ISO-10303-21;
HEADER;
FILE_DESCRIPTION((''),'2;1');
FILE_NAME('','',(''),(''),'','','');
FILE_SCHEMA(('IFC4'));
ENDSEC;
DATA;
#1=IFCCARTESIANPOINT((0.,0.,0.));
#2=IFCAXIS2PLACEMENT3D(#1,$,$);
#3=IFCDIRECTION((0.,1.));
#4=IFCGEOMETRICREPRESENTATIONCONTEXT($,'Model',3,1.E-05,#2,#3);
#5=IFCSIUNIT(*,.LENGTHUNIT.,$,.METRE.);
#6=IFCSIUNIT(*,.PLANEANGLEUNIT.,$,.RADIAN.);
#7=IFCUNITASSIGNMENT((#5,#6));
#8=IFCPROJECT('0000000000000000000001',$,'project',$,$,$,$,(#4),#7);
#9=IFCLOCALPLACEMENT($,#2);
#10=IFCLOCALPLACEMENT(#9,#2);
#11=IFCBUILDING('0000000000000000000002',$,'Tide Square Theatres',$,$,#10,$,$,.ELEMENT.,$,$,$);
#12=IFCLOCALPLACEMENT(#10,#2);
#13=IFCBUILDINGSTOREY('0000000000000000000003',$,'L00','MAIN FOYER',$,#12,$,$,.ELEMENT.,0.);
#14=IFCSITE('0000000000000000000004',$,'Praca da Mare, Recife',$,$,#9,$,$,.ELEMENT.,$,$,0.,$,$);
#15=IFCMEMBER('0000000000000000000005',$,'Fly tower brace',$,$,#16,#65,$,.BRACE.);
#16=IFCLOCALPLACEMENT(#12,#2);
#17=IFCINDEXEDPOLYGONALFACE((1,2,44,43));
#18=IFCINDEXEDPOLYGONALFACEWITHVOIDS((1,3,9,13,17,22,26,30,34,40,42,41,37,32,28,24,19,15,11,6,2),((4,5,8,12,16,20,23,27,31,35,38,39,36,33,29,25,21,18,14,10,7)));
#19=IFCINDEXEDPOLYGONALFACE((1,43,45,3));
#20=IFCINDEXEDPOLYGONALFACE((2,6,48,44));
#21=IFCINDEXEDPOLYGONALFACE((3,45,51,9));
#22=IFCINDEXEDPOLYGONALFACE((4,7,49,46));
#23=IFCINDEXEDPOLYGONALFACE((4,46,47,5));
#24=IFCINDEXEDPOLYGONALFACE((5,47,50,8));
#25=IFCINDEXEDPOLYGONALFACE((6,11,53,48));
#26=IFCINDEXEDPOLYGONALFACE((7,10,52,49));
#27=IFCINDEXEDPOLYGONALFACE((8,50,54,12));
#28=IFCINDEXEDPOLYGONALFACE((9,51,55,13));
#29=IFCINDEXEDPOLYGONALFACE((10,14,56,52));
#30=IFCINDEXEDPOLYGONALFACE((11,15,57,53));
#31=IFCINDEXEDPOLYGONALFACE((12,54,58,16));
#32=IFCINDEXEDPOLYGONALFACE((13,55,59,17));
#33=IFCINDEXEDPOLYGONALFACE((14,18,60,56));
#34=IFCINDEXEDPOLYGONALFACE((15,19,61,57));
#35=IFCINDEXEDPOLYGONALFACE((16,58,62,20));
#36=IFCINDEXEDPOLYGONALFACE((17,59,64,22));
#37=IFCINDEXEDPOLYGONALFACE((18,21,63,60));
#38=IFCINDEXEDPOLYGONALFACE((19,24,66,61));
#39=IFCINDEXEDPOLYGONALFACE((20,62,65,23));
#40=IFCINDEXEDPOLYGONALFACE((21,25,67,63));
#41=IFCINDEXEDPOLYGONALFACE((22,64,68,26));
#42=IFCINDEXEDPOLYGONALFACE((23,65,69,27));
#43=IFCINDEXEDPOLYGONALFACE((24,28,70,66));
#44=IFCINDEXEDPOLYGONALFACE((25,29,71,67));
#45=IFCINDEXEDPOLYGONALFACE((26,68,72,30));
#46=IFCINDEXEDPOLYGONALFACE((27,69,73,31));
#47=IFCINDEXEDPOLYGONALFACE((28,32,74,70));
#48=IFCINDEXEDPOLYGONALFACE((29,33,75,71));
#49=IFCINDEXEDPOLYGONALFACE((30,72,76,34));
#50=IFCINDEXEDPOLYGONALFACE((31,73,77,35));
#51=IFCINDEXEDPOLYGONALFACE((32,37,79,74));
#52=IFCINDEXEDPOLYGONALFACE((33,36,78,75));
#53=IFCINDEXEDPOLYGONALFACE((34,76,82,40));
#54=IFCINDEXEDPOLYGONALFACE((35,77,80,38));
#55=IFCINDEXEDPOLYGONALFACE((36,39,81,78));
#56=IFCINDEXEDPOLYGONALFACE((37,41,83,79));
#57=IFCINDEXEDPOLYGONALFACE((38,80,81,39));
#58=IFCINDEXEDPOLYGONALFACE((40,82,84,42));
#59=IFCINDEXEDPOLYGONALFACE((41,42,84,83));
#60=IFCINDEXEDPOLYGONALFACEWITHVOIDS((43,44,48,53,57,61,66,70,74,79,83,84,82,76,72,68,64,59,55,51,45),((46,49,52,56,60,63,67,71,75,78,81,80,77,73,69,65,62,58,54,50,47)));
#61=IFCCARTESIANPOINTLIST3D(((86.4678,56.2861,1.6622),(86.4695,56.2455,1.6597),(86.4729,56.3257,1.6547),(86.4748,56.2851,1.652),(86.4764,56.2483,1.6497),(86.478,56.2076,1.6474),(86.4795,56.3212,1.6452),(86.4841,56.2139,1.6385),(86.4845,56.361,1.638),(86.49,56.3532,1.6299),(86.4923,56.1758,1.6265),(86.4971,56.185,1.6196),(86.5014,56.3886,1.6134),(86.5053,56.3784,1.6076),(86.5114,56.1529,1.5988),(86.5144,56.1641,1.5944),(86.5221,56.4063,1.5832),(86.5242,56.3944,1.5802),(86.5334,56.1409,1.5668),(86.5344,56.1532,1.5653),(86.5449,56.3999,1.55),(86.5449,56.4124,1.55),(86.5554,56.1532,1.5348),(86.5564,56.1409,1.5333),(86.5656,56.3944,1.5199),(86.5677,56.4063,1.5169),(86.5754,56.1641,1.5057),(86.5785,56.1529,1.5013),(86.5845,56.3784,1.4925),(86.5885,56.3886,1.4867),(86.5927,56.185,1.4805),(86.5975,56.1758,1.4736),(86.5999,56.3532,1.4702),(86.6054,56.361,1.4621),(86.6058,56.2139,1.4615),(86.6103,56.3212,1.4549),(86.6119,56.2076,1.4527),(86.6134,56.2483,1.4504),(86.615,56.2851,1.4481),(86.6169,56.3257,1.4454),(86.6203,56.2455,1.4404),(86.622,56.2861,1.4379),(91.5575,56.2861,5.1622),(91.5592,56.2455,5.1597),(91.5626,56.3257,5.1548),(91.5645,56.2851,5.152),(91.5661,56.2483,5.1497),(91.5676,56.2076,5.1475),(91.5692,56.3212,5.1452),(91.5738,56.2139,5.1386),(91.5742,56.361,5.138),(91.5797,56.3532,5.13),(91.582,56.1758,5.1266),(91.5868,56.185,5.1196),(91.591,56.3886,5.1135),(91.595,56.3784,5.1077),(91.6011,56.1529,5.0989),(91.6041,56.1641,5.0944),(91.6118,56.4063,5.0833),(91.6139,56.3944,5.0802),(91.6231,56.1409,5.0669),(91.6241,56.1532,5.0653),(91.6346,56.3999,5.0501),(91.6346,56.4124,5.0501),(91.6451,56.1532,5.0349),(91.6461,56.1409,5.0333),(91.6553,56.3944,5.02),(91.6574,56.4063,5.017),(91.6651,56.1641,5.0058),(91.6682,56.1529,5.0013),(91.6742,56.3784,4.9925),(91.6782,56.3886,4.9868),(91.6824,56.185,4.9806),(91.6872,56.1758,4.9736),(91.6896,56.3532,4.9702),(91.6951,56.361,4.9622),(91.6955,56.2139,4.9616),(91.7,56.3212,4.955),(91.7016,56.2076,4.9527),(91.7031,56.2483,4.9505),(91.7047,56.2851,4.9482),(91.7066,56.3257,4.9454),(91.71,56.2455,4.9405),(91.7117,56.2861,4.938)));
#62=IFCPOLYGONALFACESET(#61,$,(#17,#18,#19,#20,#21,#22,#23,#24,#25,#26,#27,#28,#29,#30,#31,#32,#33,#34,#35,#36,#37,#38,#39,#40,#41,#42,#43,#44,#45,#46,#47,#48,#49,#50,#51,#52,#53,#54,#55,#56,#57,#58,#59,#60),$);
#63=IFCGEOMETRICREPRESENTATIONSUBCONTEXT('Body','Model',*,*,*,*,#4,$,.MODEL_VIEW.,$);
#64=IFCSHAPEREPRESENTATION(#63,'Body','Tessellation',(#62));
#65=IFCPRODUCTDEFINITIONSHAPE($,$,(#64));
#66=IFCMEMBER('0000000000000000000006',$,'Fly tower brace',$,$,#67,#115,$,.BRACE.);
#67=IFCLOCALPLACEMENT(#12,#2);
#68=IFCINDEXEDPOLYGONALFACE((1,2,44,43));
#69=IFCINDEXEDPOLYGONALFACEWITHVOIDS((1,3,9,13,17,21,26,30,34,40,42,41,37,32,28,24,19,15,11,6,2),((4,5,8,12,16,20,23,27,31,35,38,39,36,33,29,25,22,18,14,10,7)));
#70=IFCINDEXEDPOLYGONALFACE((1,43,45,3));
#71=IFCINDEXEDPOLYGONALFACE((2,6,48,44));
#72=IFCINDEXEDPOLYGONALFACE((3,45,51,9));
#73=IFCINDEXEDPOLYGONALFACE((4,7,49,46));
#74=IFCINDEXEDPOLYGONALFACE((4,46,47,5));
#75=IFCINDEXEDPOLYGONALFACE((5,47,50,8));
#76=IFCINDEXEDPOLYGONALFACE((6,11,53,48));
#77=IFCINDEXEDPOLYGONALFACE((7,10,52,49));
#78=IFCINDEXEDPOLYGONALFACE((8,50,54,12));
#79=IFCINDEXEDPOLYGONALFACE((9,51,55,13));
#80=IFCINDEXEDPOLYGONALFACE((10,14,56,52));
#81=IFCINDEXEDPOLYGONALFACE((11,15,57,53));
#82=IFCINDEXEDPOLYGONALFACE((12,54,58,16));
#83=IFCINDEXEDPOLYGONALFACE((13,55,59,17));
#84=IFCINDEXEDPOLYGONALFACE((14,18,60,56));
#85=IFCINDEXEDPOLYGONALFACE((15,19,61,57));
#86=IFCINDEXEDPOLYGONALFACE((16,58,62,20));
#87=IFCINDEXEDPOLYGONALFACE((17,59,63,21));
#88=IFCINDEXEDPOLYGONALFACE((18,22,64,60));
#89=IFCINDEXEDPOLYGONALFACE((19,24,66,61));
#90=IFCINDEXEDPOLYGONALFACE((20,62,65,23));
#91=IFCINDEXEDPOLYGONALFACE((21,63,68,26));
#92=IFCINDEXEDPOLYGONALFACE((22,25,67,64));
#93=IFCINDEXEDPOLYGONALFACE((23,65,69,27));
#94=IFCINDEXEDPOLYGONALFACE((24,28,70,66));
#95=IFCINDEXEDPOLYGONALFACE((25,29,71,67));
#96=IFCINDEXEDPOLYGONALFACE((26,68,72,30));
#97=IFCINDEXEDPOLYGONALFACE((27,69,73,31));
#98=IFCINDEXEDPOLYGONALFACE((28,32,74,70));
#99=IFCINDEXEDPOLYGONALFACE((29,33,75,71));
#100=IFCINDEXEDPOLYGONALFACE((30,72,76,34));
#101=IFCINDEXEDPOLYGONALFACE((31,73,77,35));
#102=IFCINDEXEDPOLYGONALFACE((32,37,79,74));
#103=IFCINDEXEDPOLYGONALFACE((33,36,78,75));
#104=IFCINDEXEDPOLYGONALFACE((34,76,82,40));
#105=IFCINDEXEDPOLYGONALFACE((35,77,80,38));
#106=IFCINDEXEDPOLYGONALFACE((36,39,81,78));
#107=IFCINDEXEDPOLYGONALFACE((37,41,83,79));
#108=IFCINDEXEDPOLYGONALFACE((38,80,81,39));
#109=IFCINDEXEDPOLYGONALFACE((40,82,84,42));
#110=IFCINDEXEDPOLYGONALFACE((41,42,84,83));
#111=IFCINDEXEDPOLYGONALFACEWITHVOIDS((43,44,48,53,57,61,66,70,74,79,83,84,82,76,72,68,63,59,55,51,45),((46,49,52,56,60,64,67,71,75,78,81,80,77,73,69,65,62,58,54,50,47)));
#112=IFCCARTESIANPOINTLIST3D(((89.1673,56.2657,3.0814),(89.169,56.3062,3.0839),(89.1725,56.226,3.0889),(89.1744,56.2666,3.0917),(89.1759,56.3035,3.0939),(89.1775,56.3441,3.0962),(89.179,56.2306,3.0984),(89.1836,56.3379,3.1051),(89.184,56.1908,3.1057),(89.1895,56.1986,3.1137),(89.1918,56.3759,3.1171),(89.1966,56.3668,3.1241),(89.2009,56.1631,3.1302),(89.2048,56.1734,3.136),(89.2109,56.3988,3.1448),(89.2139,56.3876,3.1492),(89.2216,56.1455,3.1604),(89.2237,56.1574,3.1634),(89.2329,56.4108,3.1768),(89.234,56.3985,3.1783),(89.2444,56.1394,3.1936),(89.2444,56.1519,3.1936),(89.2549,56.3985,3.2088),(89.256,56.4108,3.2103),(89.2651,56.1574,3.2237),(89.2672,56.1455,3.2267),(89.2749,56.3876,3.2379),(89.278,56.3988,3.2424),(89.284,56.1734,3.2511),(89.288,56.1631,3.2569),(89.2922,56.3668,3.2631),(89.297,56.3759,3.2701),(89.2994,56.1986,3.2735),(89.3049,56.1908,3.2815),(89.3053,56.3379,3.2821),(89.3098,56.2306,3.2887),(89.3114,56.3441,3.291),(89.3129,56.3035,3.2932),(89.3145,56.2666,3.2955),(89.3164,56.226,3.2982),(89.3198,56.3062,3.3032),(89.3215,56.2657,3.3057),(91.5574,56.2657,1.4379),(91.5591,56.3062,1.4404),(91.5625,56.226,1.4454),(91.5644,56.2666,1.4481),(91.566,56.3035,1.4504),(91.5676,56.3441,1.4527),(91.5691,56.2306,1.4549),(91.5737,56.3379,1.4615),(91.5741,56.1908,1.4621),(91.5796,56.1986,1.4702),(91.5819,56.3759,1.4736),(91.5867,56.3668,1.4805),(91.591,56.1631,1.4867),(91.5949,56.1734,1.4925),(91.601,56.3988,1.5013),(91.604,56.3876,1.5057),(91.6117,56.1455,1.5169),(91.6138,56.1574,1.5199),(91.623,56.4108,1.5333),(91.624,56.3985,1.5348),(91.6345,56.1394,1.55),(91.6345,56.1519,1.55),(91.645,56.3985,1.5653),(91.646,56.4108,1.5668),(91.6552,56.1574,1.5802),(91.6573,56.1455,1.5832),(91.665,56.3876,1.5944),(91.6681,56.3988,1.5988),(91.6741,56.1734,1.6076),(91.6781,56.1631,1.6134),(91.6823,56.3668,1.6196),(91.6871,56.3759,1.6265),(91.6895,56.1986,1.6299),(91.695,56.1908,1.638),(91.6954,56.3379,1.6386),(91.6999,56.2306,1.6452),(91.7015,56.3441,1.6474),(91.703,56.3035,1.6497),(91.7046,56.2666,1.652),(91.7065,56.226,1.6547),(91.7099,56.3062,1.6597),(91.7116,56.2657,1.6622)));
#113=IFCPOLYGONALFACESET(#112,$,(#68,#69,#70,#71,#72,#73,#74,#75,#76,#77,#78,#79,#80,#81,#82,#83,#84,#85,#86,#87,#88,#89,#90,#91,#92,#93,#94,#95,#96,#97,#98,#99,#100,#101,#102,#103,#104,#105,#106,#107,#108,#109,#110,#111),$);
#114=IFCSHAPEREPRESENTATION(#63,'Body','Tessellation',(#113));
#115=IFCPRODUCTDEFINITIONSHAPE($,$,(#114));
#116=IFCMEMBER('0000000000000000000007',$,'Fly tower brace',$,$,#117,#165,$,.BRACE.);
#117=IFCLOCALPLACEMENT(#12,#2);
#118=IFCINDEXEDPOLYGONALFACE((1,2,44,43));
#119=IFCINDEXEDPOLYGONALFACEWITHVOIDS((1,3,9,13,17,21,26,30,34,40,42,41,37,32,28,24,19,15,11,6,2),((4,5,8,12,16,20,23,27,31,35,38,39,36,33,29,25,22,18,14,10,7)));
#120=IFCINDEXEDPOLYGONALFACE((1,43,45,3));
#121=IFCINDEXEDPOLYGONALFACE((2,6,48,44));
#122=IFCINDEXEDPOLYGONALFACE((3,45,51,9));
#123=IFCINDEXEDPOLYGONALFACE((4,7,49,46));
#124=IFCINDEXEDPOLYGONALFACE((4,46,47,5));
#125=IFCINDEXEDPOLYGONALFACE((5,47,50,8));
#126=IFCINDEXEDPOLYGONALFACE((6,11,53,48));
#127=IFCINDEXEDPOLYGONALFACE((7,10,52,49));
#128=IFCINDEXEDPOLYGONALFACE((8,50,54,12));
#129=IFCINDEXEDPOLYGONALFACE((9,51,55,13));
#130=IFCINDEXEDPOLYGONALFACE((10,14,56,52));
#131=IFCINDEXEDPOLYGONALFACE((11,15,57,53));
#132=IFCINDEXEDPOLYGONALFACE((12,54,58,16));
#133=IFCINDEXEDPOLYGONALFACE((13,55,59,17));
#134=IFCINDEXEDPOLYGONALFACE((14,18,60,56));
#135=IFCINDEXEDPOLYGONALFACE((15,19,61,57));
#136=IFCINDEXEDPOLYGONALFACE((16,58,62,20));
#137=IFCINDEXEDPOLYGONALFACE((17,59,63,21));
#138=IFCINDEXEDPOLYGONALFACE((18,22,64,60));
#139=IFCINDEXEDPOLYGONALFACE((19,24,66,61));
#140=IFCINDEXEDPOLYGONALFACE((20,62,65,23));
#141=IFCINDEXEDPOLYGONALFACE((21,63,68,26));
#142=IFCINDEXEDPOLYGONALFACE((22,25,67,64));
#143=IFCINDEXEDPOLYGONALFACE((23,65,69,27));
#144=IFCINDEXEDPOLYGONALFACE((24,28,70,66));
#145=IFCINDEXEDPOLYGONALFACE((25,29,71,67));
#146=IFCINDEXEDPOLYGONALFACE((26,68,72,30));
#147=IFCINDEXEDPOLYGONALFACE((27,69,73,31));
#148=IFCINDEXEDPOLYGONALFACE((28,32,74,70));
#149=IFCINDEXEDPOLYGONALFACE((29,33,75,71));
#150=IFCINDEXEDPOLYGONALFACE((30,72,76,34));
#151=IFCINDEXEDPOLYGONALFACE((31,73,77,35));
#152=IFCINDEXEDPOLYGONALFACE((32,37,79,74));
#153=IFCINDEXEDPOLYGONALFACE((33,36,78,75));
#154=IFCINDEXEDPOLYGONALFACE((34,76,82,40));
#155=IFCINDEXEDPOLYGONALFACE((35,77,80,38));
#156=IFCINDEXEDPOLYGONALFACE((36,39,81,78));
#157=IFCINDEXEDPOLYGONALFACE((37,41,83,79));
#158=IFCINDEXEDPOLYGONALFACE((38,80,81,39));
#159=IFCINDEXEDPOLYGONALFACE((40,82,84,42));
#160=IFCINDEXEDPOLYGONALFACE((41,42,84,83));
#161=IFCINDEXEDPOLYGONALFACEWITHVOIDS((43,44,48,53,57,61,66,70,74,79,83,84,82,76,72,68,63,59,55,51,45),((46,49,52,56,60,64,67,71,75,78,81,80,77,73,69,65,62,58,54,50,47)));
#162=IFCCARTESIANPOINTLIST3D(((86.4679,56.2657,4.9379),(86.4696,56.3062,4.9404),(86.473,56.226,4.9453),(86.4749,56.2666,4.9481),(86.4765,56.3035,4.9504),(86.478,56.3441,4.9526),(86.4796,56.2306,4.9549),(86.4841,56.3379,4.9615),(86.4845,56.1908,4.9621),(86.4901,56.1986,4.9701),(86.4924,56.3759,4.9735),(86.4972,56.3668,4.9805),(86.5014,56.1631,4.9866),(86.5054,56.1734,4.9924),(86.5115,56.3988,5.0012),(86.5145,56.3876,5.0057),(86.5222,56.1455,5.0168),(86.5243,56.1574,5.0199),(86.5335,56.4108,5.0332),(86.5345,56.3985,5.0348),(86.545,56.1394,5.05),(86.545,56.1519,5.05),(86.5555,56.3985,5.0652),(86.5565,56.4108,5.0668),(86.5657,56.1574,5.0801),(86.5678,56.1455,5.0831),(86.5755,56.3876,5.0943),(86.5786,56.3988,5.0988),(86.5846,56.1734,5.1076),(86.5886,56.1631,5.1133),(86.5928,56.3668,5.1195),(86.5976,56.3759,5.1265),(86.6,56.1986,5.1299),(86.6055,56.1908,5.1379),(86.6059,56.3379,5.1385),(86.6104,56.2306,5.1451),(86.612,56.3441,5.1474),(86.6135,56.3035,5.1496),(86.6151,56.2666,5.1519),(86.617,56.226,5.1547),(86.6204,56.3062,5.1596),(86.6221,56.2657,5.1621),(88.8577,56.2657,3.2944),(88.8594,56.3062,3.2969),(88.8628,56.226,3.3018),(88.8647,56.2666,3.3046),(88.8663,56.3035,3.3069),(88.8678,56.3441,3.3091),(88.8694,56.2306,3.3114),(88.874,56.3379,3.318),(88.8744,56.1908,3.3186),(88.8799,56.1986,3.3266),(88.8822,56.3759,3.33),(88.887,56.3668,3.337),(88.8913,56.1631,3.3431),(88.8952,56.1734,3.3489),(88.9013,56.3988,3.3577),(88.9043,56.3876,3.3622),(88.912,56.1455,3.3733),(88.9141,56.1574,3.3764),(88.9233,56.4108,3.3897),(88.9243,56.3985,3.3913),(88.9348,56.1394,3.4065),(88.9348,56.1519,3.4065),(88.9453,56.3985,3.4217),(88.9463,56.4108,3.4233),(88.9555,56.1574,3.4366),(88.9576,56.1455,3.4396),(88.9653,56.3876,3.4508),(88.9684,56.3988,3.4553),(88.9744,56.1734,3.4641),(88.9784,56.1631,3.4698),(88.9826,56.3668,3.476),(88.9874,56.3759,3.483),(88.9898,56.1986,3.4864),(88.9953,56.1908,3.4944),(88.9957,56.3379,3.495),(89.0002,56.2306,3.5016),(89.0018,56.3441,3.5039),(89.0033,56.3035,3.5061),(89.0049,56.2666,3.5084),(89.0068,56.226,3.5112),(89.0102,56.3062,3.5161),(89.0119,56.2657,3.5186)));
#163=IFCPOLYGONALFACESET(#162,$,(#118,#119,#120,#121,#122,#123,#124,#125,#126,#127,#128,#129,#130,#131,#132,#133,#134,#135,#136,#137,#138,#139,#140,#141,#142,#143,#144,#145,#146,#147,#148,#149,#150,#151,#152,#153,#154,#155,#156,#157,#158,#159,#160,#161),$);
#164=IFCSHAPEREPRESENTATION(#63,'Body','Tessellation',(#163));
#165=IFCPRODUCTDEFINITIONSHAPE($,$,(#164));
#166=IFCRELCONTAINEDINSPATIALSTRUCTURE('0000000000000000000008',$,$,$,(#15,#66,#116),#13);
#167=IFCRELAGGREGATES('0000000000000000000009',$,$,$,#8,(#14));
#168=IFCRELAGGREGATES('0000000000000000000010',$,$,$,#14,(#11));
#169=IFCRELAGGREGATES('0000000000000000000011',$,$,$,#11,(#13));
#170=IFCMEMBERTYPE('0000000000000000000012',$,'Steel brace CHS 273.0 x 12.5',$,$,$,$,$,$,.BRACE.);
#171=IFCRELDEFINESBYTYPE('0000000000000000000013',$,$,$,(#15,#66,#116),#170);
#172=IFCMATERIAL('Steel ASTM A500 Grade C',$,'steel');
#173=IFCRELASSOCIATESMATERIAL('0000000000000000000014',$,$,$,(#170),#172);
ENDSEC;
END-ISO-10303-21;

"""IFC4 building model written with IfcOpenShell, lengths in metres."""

from ifc_helpers import new_model, si_unit, direction, frame, origin, origin_2d, place, context, subcontext, project, spatial, hollow_circle, extrude, material, material_profile, profile_set, type_object, element, save


model = new_model("IFC4")

# Units and contexts
model_context = context("Model", 3, precision=1e-05, world=origin(), true_north=direction((0.0, 1.0)))
body_context = subcontext(model_context, "Body", "Model", "MODEL_VIEW")
ifc_project = project(units=[si_unit("LENGTHUNIT", "METRE"), si_unit("PLANEANGLEUNIT", "RADIAN")], contexts=[model_context])

# Site, building, storey
site_placement = place(None, origin())
site = spatial("IfcSite", under=ifc_project, at=site_placement, Name="Praca da Mare, Recife", CompositionType="ELEMENT", RefElevation=0.0)
building_placement = place(site_placement, origin())
building = spatial("IfcBuilding", under=site, at=building_placement, Name="Tide Square Theatres", CompositionType="ELEMENT")
storey_placement = place(building_placement, origin())
storey = spatial("IfcBuildingStorey", under=building, at=storey_placement, Name="L00", Description="MAIN FOYER", CompositionType="ELEMENT", Elevation=0.0)

# Members
ifc_material_1 = material(Name="Steel ASTM A500 Grade C", Category="steel")
ifc_material_profile_1 = material_profile(ifc_material_1, hollow_circle(Radius=0.1365, WallThickness=0.0125, at=origin_2d()))
ifc_profile_set_1 = profile_set([ifc_material_profile_1], Name="Steel ASTM A500 Grade C")
member_type = type_object("IfcMemberType", Name="Steel brace CHS 273.0 x 12.5", PredefinedType="BRACE", material=ifc_profile_set_1)
member_1_placement = place(storey_placement, frame((86.5449, 56.2759, 1.55), z_axis=(0.823974, 0.0, 0.566628), x_axis=(0.0, 1.0, 0.0)))
element("IfcMember", 1, at=member_1_placement, inside=storey, type_object=member_type, Name="Fly tower brace", PredefinedType="BRACE", context=body_context, shape_type="SweptSolid", body=[
    extrude(hollow_circle(Radius=0.1365, WallThickness=0.0125, at=origin_2d()), origin(), (0.0, 0.0, 1.0), 6.177),
])
member_2_placement = place(storey_placement, frame((91.6345, 56.2759, 1.55), z_axis=(-0.823988, 0.0, 0.566607), x_axis=(0.0, -1.0, 0.0)))
element("IfcMember", 2, at=member_2_placement, inside=storey, type_object=member_type, Name="Fly tower brace", PredefinedType="BRACE", context=body_context, shape_type="SweptSolid", body=[
    extrude(hollow_circle(Radius=0.1365, WallThickness=0.0125, at=origin_2d()), origin(), (0.0, 0.0, 1.0), 2.9006),
])
member_3_placement = place(storey_placement, frame((88.9348, 56.2759, 3.4065), z_axis=(-0.823961, 0.0, 0.566647), x_axis=(0.0, -1.0, 0.0)))
element("IfcMember", 3, at=member_3_placement, inside=storey, type_object=member_type, Name="Fly tower brace", PredefinedType="BRACE", context=body_context, shape_type="SweptSolid", body=[
    extrude(hollow_circle(Radius=0.1365, WallThickness=0.0125, at=origin_2d()), origin(), (0.0, 0.0, 1.0), 2.9004),
])

save(model, "model.ifc")
